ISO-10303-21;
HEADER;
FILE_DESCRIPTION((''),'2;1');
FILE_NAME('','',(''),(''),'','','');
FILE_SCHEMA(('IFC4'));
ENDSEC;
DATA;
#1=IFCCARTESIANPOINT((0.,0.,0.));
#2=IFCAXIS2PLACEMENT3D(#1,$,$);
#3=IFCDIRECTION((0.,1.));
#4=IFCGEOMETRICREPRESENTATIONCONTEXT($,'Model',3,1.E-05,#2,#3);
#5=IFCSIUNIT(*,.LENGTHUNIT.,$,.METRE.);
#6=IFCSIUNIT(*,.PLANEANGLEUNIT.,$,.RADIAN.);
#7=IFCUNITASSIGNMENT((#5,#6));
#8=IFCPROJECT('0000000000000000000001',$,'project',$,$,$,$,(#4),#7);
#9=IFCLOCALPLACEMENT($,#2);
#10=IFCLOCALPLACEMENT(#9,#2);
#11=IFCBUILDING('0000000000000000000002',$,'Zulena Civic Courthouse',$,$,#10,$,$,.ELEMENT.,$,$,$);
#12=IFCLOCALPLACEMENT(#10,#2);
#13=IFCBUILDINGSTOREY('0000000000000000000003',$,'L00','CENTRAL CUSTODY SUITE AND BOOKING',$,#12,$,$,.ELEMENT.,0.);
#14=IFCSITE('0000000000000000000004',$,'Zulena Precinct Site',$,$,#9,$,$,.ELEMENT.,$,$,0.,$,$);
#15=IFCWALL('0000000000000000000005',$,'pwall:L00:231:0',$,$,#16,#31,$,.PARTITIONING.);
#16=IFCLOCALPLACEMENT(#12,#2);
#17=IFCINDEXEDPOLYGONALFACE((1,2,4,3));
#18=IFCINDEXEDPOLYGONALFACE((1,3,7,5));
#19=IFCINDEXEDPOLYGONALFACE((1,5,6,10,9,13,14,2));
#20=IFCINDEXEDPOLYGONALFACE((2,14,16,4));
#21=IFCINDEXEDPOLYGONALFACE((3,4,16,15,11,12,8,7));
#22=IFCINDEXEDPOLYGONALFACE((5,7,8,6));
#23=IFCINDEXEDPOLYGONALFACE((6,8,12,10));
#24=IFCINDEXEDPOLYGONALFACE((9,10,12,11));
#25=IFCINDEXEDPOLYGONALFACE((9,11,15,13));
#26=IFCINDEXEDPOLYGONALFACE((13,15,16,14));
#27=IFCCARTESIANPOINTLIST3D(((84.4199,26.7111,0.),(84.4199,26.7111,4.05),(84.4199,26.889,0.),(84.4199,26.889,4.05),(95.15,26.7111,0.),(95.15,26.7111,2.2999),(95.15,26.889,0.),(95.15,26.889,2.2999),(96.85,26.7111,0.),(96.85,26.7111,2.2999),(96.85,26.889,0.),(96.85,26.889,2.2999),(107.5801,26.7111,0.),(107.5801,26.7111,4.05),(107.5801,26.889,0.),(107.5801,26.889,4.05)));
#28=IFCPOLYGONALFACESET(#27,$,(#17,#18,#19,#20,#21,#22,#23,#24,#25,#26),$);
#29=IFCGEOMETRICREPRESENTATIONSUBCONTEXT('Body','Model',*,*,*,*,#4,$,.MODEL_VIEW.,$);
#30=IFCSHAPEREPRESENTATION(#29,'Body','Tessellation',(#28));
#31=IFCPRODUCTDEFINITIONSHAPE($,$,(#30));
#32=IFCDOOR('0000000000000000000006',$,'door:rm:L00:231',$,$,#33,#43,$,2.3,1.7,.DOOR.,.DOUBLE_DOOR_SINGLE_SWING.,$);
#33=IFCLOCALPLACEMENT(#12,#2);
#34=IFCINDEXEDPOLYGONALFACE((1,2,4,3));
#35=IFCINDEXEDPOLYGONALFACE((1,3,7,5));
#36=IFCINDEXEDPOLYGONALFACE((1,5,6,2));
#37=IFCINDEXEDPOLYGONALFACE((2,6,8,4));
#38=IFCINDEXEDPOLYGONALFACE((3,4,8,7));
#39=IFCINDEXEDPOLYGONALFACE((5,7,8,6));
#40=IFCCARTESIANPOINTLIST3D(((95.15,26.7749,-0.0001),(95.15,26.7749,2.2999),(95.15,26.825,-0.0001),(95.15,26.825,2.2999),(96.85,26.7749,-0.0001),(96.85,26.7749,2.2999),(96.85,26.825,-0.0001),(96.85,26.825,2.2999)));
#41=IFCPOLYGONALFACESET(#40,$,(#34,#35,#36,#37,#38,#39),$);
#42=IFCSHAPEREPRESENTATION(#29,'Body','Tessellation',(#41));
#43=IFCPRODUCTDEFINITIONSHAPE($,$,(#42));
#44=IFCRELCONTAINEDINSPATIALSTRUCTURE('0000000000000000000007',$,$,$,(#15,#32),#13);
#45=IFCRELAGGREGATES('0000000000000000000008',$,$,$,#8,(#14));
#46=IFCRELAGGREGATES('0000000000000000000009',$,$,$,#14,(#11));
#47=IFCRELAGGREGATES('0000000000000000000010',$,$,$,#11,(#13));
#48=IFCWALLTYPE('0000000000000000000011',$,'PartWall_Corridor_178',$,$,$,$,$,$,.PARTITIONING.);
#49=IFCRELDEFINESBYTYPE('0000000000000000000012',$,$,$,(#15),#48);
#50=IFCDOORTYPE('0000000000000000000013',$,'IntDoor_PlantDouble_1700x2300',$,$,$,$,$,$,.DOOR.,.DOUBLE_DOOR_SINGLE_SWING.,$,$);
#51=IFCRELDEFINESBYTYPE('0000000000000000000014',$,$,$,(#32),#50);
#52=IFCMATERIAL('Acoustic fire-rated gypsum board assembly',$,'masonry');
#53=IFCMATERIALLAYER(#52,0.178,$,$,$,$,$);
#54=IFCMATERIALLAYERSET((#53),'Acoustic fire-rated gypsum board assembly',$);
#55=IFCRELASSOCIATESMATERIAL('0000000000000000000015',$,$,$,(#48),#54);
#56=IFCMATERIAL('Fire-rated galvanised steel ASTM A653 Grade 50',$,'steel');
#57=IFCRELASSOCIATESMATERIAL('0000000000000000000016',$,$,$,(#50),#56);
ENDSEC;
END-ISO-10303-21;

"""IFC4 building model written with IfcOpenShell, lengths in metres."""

from ifc_helpers import new_model, si_unit, direction, frame, frame_2d, origin, place, context, subcontext, project, spatial, rectangle, extrude, material, layer, layer_set, type_object, element, fill, save


model = new_model("IFC4")

# Units and contexts
model_context = context("Model", 3, precision=1e-05, world=origin(), true_north=direction((0.0, 1.0)))
body_context = subcontext(model_context, "Body", "Model", "MODEL_VIEW")
ifc_project = project(units=[si_unit("LENGTHUNIT", "METRE"), si_unit("PLANEANGLEUNIT", "RADIAN")], contexts=[model_context])

# Site, building, storey
site_placement = place(None, origin())
site = spatial("IfcSite", under=ifc_project, at=site_placement, Name="Zulena Precinct Site", CompositionType="ELEMENT", RefElevation=0.0)
building_placement = place(site_placement, origin())
building = spatial("IfcBuilding", under=site, at=building_placement, Name="Zulena Civic Courthouse", CompositionType="ELEMENT")
storey_placement = place(building_placement, origin())
storey = spatial("IfcBuildingStorey", under=building, at=storey_placement, Name="L00", Description="CENTRAL CUSTODY SUITE AND BOOKING", CompositionType="ELEMENT", Elevation=0.0)

# Wall, opening, door
ifc_material_1 = material(Name="Acoustic fire-rated gypsum board assembly", Category="masonry")
ifc_layer = layer(ifc_material_1, 0.178)
ifc_layer_set = layer_set([ifc_layer], Name="Acoustic fire-rated gypsum board assembly")
wall_type = type_object("IfcWallType", Name="PartWall_Corridor_178", PredefinedType="PARTITIONING", material=ifc_layer_set)
wall_placement = place(storey_placement, frame((84.4199, 26.8, 0.0), z_axis=(0.0, 0.0, 1.0), x_axis=(1.0, 0.0, 0.0)))
wall = element("IfcWall", 1, at=wall_placement, inside=storey, type_object=wall_type, Name="pwall:L00:231:0", PredefinedType="PARTITIONING", context=body_context, shape_type="SweptSolid", body=[
    extrude(rectangle(XDim=23.1602, YDim=0.178, at=frame_2d((11.5801, 0.0))), origin(), (0.0, 0.0, 1.0), 4.05),
])
opening_placement = place(wall_placement, frame((10.73, 0.0, 0.0)))
opening = element("IfcOpeningElement", 2, at=opening_placement, cuts=wall, PredefinedType="OPENING", context=body_context, shape_type="SweptSolid", body=[
    extrude(rectangle(XDim=1.7, YDim=2.3, at=frame_2d((0.8501, 1.1499))), frame((0.0, 0.0989, 0.0), z_axis=(0.0, -1.0, 0.0), x_axis=(1.0, 0.0, 0.0)), (0.0, 0.0, 1.0), 0.198),
])
ifc_material_2 = material(Name="Fire-rated galvanised steel ASTM A653 Grade 50", Category="steel")
door_type = type_object("IfcDoorType", Name="IntDoor_PlantDouble_1700x2300", OperationType="DOUBLE_DOOR_SINGLE_SWING", PredefinedType="DOOR", material=ifc_material_2)
door_placement = place(opening_placement, origin())
door = element("IfcDoor", 3, at=door_placement, inside=storey, type_object=door_type, Name="door:rm:L00:231", OperationType="DOUBLE_DOOR_SINGLE_SWING", OverallHeight=2.3, OverallWidth=1.7, PredefinedType="DOOR", context=body_context, shape_type="SweptSolid", body=[
    extrude(rectangle(XDim=1.7, YDim=2.3, at=frame_2d((0.8501, 1.1499))), frame((0.0, 0.0249, 0.0), z_axis=(0.0, -1.0, 0.0), x_axis=(1.0, 0.0, 0.0)), (0.0, 0.0, 1.0), 0.05),
])
fill(opening, door)

save(model, "model.ifc")
